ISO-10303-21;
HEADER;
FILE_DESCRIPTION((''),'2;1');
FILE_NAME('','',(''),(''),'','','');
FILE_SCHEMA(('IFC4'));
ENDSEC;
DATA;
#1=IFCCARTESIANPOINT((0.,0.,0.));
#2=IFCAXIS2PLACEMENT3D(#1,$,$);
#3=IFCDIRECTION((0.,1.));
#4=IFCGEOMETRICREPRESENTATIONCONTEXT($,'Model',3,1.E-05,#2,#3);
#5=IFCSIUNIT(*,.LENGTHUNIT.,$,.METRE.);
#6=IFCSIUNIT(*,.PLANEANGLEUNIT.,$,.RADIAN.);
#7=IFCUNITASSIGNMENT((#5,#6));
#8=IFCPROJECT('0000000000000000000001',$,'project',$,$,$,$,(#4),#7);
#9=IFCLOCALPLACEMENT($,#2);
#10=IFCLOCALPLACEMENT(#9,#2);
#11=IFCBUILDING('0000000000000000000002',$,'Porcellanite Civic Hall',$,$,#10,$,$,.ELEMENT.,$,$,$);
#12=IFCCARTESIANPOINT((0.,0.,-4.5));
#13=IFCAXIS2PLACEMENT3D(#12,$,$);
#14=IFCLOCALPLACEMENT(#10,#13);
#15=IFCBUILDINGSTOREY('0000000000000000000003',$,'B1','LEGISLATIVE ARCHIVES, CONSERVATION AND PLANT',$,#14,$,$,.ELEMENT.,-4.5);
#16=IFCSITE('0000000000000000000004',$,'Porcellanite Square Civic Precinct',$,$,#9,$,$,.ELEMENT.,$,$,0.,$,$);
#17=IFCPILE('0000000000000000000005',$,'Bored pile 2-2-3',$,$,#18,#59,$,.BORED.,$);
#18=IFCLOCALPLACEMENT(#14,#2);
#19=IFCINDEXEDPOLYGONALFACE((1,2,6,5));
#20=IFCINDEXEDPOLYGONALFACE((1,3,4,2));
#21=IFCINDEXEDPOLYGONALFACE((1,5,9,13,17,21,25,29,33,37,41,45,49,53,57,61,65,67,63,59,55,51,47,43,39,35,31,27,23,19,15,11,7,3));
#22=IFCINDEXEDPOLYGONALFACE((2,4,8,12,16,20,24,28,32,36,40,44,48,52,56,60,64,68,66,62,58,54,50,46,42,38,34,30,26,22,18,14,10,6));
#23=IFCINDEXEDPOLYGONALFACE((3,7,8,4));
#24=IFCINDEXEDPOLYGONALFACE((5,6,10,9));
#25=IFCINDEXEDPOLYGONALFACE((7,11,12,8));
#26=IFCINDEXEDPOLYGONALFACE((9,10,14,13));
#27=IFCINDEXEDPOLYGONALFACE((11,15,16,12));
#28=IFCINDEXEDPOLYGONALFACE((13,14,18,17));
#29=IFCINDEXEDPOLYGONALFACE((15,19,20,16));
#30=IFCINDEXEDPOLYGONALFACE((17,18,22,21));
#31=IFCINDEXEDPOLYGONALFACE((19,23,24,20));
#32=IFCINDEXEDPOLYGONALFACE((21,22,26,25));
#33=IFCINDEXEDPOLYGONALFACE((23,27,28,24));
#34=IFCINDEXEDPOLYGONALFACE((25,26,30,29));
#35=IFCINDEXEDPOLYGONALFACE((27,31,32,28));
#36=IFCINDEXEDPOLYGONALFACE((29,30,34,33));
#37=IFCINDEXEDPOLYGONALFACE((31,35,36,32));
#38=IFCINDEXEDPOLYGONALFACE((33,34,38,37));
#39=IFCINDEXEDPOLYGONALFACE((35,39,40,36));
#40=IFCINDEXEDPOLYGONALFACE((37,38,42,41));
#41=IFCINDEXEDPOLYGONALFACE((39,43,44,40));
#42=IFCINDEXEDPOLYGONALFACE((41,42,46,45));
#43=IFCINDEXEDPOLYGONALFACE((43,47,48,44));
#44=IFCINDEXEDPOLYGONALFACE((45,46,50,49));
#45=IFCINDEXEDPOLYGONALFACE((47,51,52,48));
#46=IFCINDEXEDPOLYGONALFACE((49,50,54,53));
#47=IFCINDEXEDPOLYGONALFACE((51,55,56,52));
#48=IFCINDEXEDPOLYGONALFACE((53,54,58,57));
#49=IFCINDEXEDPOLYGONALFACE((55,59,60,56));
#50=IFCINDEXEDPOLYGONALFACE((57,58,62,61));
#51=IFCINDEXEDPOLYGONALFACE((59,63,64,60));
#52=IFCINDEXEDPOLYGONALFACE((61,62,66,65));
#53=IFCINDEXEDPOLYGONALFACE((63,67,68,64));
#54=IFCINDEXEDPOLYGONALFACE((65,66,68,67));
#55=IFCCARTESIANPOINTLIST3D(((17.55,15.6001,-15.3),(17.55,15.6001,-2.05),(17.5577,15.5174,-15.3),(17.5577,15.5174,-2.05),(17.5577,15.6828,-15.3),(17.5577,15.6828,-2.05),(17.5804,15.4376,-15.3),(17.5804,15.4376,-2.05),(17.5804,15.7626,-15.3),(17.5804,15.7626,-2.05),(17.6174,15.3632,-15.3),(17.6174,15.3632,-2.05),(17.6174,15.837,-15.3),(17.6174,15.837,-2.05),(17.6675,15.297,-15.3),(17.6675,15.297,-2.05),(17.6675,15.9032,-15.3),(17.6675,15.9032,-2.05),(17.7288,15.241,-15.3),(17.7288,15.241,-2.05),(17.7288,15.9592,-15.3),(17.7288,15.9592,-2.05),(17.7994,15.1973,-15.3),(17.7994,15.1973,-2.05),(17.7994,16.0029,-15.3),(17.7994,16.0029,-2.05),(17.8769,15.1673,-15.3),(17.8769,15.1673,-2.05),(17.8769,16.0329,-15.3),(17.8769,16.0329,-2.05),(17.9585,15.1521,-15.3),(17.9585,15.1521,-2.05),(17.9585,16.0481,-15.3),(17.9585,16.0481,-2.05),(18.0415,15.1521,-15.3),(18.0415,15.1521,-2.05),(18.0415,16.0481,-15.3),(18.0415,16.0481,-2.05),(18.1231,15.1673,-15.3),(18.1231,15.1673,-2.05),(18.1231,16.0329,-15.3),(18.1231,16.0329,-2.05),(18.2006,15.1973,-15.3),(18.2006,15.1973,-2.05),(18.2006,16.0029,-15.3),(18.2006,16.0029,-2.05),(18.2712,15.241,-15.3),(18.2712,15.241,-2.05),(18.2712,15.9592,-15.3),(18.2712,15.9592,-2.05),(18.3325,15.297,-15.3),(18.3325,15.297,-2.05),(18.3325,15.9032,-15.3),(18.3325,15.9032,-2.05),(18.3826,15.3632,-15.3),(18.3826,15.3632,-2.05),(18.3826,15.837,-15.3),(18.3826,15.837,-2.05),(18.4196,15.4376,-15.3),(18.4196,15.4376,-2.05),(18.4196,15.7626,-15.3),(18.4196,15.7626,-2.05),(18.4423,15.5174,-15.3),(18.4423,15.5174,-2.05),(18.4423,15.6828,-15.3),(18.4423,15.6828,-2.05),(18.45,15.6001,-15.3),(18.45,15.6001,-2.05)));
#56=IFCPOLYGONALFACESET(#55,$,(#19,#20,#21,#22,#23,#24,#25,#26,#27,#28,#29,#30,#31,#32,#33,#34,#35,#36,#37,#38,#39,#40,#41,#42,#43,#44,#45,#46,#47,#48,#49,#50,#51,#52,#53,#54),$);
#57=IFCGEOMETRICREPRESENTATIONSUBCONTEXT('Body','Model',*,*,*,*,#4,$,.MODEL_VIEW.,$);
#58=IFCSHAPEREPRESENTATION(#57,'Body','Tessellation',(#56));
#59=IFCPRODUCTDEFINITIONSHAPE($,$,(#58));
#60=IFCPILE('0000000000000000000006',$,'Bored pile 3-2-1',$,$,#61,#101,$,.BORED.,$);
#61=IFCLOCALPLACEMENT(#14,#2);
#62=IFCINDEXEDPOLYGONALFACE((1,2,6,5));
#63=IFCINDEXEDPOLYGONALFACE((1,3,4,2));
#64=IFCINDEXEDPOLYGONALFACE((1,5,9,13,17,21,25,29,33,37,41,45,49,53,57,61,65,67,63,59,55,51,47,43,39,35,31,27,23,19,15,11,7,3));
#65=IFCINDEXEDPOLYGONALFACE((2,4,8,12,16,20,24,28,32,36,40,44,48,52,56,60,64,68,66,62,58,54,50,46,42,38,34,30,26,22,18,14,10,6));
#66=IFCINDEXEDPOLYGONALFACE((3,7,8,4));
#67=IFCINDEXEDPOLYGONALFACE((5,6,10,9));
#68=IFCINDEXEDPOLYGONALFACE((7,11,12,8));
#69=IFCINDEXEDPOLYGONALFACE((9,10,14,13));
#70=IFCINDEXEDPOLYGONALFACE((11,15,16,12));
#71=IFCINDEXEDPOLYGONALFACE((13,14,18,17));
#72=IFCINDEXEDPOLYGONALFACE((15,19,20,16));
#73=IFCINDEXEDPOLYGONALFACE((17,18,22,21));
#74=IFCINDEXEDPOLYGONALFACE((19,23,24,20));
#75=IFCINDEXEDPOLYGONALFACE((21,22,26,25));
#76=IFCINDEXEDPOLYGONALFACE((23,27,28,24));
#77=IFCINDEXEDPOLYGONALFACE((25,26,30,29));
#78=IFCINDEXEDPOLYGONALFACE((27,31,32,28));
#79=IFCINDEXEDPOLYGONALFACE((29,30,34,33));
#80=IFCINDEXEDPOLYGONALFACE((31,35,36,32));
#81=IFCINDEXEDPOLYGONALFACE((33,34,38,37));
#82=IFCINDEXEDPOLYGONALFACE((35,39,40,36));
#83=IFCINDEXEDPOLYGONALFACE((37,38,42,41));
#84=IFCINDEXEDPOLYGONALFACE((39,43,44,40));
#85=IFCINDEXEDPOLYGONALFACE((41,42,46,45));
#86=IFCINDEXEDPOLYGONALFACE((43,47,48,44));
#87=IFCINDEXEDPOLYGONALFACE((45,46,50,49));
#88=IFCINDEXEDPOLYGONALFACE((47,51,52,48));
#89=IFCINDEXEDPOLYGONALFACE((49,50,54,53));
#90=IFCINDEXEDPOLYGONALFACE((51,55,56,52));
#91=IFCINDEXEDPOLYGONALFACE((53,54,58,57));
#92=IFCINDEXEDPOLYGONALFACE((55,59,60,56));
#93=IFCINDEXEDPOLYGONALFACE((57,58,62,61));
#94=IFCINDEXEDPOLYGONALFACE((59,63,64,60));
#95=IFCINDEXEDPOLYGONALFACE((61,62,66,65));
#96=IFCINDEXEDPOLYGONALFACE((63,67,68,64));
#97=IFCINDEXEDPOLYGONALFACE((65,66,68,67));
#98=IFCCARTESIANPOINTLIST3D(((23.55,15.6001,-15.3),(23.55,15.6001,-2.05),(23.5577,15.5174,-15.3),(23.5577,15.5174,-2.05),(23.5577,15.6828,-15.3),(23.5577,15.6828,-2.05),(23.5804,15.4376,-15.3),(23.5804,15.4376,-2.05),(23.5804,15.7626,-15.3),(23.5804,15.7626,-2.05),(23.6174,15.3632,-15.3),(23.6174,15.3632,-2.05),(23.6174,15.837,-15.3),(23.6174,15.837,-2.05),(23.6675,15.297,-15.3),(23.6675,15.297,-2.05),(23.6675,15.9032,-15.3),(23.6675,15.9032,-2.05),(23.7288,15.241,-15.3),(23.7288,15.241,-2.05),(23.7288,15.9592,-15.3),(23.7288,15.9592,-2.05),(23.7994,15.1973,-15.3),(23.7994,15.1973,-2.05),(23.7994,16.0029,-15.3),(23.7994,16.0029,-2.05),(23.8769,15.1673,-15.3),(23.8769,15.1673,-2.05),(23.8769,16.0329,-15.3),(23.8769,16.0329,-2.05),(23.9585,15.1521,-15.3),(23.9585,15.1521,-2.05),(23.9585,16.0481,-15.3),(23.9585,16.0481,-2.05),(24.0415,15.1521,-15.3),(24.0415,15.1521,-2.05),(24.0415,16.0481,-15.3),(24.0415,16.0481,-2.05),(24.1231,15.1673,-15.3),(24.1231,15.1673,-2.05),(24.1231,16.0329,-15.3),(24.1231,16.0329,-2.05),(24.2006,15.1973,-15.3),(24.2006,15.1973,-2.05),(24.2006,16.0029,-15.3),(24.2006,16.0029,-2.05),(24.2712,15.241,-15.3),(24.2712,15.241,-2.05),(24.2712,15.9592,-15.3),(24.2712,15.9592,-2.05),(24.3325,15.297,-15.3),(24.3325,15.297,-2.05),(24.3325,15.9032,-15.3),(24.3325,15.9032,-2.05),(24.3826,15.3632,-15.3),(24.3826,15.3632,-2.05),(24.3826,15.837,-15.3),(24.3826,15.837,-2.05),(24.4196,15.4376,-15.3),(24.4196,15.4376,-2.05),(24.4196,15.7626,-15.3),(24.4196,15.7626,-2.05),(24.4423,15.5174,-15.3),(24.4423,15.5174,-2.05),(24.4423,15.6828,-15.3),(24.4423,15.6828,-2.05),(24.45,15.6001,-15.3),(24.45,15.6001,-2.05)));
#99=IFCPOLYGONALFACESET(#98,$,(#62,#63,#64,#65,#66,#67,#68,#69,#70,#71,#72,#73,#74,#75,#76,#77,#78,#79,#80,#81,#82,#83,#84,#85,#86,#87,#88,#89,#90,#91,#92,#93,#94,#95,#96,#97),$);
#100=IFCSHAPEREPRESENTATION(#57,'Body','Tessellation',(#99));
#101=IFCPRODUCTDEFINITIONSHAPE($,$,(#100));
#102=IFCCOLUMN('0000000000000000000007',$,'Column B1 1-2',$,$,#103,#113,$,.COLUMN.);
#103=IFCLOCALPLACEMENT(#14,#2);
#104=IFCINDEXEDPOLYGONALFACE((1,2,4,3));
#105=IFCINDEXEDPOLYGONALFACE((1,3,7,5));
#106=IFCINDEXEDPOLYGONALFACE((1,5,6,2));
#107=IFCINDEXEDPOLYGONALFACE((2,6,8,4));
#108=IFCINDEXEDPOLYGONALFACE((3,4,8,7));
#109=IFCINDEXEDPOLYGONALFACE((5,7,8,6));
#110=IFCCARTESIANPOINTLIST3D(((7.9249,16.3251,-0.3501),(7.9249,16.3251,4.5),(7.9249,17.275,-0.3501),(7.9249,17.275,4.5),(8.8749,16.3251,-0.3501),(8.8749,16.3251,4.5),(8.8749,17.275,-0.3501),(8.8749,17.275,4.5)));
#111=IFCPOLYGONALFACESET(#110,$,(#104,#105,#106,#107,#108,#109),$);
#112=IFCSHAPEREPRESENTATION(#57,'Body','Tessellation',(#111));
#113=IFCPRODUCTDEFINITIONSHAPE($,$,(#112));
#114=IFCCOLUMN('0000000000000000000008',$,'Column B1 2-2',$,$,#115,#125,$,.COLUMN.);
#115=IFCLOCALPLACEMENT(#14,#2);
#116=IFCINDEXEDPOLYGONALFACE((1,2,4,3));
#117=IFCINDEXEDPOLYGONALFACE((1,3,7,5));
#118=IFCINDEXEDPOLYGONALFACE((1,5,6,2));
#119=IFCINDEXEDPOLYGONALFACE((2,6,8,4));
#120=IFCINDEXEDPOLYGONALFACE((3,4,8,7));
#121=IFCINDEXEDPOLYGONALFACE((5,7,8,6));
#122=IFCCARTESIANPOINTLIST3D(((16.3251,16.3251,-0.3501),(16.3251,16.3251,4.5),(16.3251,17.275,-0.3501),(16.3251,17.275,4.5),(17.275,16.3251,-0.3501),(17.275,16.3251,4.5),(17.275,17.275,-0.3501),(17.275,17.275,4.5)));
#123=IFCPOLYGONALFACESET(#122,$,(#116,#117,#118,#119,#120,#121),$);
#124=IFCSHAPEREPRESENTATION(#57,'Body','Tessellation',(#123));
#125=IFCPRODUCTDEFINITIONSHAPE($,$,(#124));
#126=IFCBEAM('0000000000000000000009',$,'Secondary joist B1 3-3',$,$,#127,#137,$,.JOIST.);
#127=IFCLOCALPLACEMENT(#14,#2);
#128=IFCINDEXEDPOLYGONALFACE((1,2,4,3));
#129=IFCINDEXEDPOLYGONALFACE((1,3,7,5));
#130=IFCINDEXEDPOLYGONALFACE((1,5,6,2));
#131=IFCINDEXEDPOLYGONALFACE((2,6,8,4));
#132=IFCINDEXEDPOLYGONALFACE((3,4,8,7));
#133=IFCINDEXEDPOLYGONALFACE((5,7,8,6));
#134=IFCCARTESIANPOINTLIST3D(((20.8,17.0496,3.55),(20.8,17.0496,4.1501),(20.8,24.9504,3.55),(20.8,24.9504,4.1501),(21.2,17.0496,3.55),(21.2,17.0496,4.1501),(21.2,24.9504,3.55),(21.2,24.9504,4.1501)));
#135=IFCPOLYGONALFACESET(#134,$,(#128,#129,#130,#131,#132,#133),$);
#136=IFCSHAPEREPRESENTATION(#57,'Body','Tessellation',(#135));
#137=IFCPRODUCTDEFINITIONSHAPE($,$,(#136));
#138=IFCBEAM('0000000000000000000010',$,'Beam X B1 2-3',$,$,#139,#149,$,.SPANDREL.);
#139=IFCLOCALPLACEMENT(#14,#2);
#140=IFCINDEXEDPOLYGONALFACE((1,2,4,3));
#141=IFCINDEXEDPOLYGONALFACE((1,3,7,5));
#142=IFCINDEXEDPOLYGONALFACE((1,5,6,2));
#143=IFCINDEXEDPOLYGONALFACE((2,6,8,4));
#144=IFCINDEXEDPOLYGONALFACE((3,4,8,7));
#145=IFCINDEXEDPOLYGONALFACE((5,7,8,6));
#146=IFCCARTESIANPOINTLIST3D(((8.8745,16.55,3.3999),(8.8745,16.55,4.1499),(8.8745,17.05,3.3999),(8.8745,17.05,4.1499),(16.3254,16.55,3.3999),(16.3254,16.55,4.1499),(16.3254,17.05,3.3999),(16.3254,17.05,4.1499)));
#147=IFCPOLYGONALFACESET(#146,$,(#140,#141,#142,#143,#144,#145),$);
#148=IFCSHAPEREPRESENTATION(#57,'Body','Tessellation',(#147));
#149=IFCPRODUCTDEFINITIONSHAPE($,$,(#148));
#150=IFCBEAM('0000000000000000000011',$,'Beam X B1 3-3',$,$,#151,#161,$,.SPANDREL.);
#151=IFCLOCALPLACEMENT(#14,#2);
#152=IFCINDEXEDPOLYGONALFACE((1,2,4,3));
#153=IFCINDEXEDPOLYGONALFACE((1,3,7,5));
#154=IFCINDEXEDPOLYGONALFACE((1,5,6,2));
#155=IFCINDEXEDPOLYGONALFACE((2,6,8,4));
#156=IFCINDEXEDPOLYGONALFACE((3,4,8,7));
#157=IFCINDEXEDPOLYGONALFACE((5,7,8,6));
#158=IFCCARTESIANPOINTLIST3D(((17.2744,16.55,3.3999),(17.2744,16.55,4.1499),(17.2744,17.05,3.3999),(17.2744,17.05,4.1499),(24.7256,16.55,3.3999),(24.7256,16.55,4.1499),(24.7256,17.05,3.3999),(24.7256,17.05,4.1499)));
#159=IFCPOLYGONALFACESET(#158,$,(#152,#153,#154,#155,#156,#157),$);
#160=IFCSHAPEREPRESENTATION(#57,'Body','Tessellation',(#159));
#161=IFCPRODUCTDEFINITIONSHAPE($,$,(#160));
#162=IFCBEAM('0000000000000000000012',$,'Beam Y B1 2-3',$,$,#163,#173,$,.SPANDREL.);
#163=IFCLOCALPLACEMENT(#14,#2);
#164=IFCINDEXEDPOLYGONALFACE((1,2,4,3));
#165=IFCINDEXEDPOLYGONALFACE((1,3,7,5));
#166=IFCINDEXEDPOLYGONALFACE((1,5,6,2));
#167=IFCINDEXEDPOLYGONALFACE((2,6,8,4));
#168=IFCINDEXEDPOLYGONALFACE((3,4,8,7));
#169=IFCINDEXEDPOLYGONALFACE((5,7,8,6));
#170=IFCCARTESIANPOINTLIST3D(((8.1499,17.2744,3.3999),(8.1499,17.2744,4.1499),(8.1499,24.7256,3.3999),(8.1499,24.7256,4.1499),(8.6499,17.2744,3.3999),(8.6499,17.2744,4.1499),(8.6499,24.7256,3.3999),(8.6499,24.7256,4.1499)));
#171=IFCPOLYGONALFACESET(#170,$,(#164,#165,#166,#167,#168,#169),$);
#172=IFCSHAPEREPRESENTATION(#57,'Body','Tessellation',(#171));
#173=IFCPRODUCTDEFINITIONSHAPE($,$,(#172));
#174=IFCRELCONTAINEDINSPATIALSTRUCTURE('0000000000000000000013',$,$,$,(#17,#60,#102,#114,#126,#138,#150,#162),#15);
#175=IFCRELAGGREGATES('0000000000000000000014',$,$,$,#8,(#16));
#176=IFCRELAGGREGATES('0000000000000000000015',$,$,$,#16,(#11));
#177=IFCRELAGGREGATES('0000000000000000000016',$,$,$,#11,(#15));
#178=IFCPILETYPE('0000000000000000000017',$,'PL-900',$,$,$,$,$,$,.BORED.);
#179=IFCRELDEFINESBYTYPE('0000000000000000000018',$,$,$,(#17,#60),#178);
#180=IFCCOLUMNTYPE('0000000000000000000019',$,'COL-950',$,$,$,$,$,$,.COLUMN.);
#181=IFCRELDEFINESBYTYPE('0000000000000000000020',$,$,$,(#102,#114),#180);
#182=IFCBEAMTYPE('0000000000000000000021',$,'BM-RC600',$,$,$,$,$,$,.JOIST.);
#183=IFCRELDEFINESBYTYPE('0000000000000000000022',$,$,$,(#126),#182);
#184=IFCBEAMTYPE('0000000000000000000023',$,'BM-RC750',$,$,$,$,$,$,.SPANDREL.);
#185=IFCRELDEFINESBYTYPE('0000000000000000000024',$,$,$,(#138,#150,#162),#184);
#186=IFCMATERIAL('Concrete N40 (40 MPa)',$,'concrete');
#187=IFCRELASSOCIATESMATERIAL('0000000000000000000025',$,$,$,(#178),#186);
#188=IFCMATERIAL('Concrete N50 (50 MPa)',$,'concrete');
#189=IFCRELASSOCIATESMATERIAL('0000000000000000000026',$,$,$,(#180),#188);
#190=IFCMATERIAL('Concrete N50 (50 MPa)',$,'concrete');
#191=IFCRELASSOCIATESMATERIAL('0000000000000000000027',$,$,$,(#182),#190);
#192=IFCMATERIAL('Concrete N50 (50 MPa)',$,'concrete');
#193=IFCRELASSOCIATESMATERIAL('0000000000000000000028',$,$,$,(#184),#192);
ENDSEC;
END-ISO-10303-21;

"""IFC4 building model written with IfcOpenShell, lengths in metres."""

from ifc_helpers import new_model, si_unit, direction, frame, origin, origin_2d, place, context, subcontext, project, spatial, rectangle, circle, extrude, material, material_profile, profile_set, type_object, element, save


model = new_model("IFC4")

# Units and contexts
model_context = context("Model", 3, precision=1e-05, world=origin(), true_north=direction((0.0, 1.0)))
body_context = subcontext(model_context, "Body", "Model", "MODEL_VIEW")
ifc_project = project(units=[si_unit("LENGTHUNIT", "METRE"), si_unit("PLANEANGLEUNIT", "RADIAN")], contexts=[model_context])

# Site, building, storey
site_placement = place(None, origin())
site = spatial("IfcSite", under=ifc_project, at=site_placement, Name="Porcellanite Square Civic Precinct", CompositionType="ELEMENT", RefElevation=0.0)
building_placement = place(site_placement, origin())
building = spatial("IfcBuilding", under=site, at=building_placement, Name="Porcellanite Civic Hall", CompositionType="ELEMENT")
storey_placement = place(building_placement, frame((0.0, 0.0, -4.5)))
storey = spatial("IfcBuildingStorey", under=building, at=storey_placement, Name="B1", Description="LEGISLATIVE ARCHIVES, CONSERVATION AND PLANT", CompositionType="ELEMENT", Elevation=-4.5)

# Piles
ifc_material_1 = material(Name="Concrete N40 (40 MPa)", Category="concrete")
ifc_material_profile_1 = material_profile(ifc_material_1, circle(Radius=0.45, at=origin_2d()), Name="PILE-D900")
ifc_profile_set_1 = profile_set([ifc_material_profile_1], Name="Concrete N40 (40 MPa)")
pile_type_1 = type_object("IfcPileType", Name="PL-900", PredefinedType="BORED", material=ifc_profile_set_1)
for number, where, z_axis, x_axis, name in (
    (1, (18.0, 15.6001, -2.05), (0.0, 0.0, -1.0), (1.0, 0.0, 0.0), "Bored pile 2-2-3"),
    (2, (24.0, 15.6001, -2.05), (0.0, 0.0, -1.0), (1.0, 0.0, 0.0), "Bored pile 3-2-1"),
):
    element("IfcPile", number, at=place(storey_placement, frame(where, z_axis=z_axis, x_axis=x_axis)), inside=storey, type_object=pile_type_1, Name=name, PredefinedType="BORED", context=body_context, shape_type="SweptSolid", body=[
        extrude(circle(Radius=0.45, at=origin_2d()), origin(), (0.0, 0.0, 1.0), 13.25),
    ])

# Columns
ifc_material_2 = material(Name="Concrete N50 (50 MPa)", Category="concrete")
ifc_material_profile_2 = material_profile(ifc_material_2, rectangle(XDim=0.95, YDim=0.95, at=origin_2d()), Name="RC-950x950")
ifc_profile_set_2 = profile_set([ifc_material_profile_2], Name="Concrete N50 (50 MPa)")
column_type = type_object("IfcColumnType", Name="COL-950", PredefinedType="COLUMN", material=ifc_profile_set_2)
for number, where, z_axis, x_axis, name in (
    (3, (8.3999, 16.8, -0.3501), (0.0, 0.0, 1.0), (1.0, 0.0, 0.0), "Column B1 1-2"),
    (4, (16.8, 16.8, -0.3501), (0.0, 0.0, 1.0), (1.0, 0.0, 0.0), "Column B1 2-2"),
):
    element("IfcColumn", number, at=place(storey_placement, frame(where, z_axis=z_axis, x_axis=x_axis)), inside=storey, type_object=column_type, Name=name, PredefinedType="COLUMN", context=body_context, shape_type="SweptSolid", body=[
        extrude(rectangle(XDim=0.95, YDim=0.95, at=origin_2d()), origin(), (0.0, 0.0, 1.0), 4.8501),
    ])

# Beams
ifc_material_3 = material(Name="Concrete N50 (50 MPa)", Category="concrete")
ifc_material_profile_3 = material_profile(ifc_material_3, rectangle(XDim=0.3999, YDim=0.6001, at=origin_2d()), Name="RC-400x600")
ifc_profile_set_3 = profile_set([ifc_material_profile_3], Name="Concrete N50 (50 MPa)")
beam_type_1 = type_object("IfcBeamType", Name="BM-RC600", PredefinedType="JOIST", material=ifc_profile_set_3)
beam_1_placement = place(storey_placement, frame((21.0, 17.0496, 3.8501), z_axis=(0.0, 1.0, 0.0), x_axis=(-1.0, 0.0, 0.0)))
element("IfcBeam", 5, at=beam_1_placement, inside=storey, type_object=beam_type_1, Name="Secondary joist B1 3-3", PredefinedType="JOIST", context=body_context, shape_type="SweptSolid", body=[
    extrude(rectangle(XDim=0.3999, YDim=0.6001, at=origin_2d()), origin(), (0.0, 0.0, 1.0), 7.9009),
])
ifc_material_4 = material(Name="Concrete N50 (50 MPa)", Category="concrete")
ifc_material_profile_4 = material_profile(ifc_material_4, rectangle(XDim=0.5, YDim=0.75, at=origin_2d()), Name="RC-500x750")
ifc_profile_set_4 = profile_set([ifc_material_profile_4], Name="Concrete N50 (50 MPa)")
beam_type_2 = type_object("IfcBeamType", Name="BM-RC750", PredefinedType="SPANDREL", material=ifc_profile_set_4)
beam_2_placement = place(storey_placement, frame((8.8745, 16.8, 3.7749), z_axis=(1.0, 0.0, 0.0), x_axis=(0.0, 1.0, 0.0)))
element("IfcBeam", 6, at=beam_2_placement, inside=storey, type_object=beam_type_2, Name="Beam X B1 2-3", PredefinedType="SPANDREL", context=body_context, shape_type="SweptSolid", body=[
    extrude(rectangle(XDim=0.5, YDim=0.75, at=origin_2d()), origin(), (0.0, 0.0, 1.0), 7.4509),
])
for number, where, z_axis, x_axis, name in (
    (7, (17.2744, 16.8, 3.7749), (1.0, 0.0, 0.0), (0.0, 1.0, 0.0), "Beam X B1 3-3"),
    (8, (8.3999, 17.2744, 3.7749), (0.0, 1.0, 0.0), (-1.0, 0.0, 0.0), "Beam Y B1 2-3"),
):
    element("IfcBeam", number, at=place(storey_placement, frame(where, z_axis=z_axis, x_axis=x_axis)), inside=storey, type_object=beam_type_2, Name=name, PredefinedType="SPANDREL", context=body_context, shape_type="SweptSolid", body=[
        extrude(rectangle(XDim=0.5, YDim=0.75, at=origin_2d()), origin(), (0.0, 0.0, 1.0), 7.4512),
    ])

save(model, "model.ifc")
